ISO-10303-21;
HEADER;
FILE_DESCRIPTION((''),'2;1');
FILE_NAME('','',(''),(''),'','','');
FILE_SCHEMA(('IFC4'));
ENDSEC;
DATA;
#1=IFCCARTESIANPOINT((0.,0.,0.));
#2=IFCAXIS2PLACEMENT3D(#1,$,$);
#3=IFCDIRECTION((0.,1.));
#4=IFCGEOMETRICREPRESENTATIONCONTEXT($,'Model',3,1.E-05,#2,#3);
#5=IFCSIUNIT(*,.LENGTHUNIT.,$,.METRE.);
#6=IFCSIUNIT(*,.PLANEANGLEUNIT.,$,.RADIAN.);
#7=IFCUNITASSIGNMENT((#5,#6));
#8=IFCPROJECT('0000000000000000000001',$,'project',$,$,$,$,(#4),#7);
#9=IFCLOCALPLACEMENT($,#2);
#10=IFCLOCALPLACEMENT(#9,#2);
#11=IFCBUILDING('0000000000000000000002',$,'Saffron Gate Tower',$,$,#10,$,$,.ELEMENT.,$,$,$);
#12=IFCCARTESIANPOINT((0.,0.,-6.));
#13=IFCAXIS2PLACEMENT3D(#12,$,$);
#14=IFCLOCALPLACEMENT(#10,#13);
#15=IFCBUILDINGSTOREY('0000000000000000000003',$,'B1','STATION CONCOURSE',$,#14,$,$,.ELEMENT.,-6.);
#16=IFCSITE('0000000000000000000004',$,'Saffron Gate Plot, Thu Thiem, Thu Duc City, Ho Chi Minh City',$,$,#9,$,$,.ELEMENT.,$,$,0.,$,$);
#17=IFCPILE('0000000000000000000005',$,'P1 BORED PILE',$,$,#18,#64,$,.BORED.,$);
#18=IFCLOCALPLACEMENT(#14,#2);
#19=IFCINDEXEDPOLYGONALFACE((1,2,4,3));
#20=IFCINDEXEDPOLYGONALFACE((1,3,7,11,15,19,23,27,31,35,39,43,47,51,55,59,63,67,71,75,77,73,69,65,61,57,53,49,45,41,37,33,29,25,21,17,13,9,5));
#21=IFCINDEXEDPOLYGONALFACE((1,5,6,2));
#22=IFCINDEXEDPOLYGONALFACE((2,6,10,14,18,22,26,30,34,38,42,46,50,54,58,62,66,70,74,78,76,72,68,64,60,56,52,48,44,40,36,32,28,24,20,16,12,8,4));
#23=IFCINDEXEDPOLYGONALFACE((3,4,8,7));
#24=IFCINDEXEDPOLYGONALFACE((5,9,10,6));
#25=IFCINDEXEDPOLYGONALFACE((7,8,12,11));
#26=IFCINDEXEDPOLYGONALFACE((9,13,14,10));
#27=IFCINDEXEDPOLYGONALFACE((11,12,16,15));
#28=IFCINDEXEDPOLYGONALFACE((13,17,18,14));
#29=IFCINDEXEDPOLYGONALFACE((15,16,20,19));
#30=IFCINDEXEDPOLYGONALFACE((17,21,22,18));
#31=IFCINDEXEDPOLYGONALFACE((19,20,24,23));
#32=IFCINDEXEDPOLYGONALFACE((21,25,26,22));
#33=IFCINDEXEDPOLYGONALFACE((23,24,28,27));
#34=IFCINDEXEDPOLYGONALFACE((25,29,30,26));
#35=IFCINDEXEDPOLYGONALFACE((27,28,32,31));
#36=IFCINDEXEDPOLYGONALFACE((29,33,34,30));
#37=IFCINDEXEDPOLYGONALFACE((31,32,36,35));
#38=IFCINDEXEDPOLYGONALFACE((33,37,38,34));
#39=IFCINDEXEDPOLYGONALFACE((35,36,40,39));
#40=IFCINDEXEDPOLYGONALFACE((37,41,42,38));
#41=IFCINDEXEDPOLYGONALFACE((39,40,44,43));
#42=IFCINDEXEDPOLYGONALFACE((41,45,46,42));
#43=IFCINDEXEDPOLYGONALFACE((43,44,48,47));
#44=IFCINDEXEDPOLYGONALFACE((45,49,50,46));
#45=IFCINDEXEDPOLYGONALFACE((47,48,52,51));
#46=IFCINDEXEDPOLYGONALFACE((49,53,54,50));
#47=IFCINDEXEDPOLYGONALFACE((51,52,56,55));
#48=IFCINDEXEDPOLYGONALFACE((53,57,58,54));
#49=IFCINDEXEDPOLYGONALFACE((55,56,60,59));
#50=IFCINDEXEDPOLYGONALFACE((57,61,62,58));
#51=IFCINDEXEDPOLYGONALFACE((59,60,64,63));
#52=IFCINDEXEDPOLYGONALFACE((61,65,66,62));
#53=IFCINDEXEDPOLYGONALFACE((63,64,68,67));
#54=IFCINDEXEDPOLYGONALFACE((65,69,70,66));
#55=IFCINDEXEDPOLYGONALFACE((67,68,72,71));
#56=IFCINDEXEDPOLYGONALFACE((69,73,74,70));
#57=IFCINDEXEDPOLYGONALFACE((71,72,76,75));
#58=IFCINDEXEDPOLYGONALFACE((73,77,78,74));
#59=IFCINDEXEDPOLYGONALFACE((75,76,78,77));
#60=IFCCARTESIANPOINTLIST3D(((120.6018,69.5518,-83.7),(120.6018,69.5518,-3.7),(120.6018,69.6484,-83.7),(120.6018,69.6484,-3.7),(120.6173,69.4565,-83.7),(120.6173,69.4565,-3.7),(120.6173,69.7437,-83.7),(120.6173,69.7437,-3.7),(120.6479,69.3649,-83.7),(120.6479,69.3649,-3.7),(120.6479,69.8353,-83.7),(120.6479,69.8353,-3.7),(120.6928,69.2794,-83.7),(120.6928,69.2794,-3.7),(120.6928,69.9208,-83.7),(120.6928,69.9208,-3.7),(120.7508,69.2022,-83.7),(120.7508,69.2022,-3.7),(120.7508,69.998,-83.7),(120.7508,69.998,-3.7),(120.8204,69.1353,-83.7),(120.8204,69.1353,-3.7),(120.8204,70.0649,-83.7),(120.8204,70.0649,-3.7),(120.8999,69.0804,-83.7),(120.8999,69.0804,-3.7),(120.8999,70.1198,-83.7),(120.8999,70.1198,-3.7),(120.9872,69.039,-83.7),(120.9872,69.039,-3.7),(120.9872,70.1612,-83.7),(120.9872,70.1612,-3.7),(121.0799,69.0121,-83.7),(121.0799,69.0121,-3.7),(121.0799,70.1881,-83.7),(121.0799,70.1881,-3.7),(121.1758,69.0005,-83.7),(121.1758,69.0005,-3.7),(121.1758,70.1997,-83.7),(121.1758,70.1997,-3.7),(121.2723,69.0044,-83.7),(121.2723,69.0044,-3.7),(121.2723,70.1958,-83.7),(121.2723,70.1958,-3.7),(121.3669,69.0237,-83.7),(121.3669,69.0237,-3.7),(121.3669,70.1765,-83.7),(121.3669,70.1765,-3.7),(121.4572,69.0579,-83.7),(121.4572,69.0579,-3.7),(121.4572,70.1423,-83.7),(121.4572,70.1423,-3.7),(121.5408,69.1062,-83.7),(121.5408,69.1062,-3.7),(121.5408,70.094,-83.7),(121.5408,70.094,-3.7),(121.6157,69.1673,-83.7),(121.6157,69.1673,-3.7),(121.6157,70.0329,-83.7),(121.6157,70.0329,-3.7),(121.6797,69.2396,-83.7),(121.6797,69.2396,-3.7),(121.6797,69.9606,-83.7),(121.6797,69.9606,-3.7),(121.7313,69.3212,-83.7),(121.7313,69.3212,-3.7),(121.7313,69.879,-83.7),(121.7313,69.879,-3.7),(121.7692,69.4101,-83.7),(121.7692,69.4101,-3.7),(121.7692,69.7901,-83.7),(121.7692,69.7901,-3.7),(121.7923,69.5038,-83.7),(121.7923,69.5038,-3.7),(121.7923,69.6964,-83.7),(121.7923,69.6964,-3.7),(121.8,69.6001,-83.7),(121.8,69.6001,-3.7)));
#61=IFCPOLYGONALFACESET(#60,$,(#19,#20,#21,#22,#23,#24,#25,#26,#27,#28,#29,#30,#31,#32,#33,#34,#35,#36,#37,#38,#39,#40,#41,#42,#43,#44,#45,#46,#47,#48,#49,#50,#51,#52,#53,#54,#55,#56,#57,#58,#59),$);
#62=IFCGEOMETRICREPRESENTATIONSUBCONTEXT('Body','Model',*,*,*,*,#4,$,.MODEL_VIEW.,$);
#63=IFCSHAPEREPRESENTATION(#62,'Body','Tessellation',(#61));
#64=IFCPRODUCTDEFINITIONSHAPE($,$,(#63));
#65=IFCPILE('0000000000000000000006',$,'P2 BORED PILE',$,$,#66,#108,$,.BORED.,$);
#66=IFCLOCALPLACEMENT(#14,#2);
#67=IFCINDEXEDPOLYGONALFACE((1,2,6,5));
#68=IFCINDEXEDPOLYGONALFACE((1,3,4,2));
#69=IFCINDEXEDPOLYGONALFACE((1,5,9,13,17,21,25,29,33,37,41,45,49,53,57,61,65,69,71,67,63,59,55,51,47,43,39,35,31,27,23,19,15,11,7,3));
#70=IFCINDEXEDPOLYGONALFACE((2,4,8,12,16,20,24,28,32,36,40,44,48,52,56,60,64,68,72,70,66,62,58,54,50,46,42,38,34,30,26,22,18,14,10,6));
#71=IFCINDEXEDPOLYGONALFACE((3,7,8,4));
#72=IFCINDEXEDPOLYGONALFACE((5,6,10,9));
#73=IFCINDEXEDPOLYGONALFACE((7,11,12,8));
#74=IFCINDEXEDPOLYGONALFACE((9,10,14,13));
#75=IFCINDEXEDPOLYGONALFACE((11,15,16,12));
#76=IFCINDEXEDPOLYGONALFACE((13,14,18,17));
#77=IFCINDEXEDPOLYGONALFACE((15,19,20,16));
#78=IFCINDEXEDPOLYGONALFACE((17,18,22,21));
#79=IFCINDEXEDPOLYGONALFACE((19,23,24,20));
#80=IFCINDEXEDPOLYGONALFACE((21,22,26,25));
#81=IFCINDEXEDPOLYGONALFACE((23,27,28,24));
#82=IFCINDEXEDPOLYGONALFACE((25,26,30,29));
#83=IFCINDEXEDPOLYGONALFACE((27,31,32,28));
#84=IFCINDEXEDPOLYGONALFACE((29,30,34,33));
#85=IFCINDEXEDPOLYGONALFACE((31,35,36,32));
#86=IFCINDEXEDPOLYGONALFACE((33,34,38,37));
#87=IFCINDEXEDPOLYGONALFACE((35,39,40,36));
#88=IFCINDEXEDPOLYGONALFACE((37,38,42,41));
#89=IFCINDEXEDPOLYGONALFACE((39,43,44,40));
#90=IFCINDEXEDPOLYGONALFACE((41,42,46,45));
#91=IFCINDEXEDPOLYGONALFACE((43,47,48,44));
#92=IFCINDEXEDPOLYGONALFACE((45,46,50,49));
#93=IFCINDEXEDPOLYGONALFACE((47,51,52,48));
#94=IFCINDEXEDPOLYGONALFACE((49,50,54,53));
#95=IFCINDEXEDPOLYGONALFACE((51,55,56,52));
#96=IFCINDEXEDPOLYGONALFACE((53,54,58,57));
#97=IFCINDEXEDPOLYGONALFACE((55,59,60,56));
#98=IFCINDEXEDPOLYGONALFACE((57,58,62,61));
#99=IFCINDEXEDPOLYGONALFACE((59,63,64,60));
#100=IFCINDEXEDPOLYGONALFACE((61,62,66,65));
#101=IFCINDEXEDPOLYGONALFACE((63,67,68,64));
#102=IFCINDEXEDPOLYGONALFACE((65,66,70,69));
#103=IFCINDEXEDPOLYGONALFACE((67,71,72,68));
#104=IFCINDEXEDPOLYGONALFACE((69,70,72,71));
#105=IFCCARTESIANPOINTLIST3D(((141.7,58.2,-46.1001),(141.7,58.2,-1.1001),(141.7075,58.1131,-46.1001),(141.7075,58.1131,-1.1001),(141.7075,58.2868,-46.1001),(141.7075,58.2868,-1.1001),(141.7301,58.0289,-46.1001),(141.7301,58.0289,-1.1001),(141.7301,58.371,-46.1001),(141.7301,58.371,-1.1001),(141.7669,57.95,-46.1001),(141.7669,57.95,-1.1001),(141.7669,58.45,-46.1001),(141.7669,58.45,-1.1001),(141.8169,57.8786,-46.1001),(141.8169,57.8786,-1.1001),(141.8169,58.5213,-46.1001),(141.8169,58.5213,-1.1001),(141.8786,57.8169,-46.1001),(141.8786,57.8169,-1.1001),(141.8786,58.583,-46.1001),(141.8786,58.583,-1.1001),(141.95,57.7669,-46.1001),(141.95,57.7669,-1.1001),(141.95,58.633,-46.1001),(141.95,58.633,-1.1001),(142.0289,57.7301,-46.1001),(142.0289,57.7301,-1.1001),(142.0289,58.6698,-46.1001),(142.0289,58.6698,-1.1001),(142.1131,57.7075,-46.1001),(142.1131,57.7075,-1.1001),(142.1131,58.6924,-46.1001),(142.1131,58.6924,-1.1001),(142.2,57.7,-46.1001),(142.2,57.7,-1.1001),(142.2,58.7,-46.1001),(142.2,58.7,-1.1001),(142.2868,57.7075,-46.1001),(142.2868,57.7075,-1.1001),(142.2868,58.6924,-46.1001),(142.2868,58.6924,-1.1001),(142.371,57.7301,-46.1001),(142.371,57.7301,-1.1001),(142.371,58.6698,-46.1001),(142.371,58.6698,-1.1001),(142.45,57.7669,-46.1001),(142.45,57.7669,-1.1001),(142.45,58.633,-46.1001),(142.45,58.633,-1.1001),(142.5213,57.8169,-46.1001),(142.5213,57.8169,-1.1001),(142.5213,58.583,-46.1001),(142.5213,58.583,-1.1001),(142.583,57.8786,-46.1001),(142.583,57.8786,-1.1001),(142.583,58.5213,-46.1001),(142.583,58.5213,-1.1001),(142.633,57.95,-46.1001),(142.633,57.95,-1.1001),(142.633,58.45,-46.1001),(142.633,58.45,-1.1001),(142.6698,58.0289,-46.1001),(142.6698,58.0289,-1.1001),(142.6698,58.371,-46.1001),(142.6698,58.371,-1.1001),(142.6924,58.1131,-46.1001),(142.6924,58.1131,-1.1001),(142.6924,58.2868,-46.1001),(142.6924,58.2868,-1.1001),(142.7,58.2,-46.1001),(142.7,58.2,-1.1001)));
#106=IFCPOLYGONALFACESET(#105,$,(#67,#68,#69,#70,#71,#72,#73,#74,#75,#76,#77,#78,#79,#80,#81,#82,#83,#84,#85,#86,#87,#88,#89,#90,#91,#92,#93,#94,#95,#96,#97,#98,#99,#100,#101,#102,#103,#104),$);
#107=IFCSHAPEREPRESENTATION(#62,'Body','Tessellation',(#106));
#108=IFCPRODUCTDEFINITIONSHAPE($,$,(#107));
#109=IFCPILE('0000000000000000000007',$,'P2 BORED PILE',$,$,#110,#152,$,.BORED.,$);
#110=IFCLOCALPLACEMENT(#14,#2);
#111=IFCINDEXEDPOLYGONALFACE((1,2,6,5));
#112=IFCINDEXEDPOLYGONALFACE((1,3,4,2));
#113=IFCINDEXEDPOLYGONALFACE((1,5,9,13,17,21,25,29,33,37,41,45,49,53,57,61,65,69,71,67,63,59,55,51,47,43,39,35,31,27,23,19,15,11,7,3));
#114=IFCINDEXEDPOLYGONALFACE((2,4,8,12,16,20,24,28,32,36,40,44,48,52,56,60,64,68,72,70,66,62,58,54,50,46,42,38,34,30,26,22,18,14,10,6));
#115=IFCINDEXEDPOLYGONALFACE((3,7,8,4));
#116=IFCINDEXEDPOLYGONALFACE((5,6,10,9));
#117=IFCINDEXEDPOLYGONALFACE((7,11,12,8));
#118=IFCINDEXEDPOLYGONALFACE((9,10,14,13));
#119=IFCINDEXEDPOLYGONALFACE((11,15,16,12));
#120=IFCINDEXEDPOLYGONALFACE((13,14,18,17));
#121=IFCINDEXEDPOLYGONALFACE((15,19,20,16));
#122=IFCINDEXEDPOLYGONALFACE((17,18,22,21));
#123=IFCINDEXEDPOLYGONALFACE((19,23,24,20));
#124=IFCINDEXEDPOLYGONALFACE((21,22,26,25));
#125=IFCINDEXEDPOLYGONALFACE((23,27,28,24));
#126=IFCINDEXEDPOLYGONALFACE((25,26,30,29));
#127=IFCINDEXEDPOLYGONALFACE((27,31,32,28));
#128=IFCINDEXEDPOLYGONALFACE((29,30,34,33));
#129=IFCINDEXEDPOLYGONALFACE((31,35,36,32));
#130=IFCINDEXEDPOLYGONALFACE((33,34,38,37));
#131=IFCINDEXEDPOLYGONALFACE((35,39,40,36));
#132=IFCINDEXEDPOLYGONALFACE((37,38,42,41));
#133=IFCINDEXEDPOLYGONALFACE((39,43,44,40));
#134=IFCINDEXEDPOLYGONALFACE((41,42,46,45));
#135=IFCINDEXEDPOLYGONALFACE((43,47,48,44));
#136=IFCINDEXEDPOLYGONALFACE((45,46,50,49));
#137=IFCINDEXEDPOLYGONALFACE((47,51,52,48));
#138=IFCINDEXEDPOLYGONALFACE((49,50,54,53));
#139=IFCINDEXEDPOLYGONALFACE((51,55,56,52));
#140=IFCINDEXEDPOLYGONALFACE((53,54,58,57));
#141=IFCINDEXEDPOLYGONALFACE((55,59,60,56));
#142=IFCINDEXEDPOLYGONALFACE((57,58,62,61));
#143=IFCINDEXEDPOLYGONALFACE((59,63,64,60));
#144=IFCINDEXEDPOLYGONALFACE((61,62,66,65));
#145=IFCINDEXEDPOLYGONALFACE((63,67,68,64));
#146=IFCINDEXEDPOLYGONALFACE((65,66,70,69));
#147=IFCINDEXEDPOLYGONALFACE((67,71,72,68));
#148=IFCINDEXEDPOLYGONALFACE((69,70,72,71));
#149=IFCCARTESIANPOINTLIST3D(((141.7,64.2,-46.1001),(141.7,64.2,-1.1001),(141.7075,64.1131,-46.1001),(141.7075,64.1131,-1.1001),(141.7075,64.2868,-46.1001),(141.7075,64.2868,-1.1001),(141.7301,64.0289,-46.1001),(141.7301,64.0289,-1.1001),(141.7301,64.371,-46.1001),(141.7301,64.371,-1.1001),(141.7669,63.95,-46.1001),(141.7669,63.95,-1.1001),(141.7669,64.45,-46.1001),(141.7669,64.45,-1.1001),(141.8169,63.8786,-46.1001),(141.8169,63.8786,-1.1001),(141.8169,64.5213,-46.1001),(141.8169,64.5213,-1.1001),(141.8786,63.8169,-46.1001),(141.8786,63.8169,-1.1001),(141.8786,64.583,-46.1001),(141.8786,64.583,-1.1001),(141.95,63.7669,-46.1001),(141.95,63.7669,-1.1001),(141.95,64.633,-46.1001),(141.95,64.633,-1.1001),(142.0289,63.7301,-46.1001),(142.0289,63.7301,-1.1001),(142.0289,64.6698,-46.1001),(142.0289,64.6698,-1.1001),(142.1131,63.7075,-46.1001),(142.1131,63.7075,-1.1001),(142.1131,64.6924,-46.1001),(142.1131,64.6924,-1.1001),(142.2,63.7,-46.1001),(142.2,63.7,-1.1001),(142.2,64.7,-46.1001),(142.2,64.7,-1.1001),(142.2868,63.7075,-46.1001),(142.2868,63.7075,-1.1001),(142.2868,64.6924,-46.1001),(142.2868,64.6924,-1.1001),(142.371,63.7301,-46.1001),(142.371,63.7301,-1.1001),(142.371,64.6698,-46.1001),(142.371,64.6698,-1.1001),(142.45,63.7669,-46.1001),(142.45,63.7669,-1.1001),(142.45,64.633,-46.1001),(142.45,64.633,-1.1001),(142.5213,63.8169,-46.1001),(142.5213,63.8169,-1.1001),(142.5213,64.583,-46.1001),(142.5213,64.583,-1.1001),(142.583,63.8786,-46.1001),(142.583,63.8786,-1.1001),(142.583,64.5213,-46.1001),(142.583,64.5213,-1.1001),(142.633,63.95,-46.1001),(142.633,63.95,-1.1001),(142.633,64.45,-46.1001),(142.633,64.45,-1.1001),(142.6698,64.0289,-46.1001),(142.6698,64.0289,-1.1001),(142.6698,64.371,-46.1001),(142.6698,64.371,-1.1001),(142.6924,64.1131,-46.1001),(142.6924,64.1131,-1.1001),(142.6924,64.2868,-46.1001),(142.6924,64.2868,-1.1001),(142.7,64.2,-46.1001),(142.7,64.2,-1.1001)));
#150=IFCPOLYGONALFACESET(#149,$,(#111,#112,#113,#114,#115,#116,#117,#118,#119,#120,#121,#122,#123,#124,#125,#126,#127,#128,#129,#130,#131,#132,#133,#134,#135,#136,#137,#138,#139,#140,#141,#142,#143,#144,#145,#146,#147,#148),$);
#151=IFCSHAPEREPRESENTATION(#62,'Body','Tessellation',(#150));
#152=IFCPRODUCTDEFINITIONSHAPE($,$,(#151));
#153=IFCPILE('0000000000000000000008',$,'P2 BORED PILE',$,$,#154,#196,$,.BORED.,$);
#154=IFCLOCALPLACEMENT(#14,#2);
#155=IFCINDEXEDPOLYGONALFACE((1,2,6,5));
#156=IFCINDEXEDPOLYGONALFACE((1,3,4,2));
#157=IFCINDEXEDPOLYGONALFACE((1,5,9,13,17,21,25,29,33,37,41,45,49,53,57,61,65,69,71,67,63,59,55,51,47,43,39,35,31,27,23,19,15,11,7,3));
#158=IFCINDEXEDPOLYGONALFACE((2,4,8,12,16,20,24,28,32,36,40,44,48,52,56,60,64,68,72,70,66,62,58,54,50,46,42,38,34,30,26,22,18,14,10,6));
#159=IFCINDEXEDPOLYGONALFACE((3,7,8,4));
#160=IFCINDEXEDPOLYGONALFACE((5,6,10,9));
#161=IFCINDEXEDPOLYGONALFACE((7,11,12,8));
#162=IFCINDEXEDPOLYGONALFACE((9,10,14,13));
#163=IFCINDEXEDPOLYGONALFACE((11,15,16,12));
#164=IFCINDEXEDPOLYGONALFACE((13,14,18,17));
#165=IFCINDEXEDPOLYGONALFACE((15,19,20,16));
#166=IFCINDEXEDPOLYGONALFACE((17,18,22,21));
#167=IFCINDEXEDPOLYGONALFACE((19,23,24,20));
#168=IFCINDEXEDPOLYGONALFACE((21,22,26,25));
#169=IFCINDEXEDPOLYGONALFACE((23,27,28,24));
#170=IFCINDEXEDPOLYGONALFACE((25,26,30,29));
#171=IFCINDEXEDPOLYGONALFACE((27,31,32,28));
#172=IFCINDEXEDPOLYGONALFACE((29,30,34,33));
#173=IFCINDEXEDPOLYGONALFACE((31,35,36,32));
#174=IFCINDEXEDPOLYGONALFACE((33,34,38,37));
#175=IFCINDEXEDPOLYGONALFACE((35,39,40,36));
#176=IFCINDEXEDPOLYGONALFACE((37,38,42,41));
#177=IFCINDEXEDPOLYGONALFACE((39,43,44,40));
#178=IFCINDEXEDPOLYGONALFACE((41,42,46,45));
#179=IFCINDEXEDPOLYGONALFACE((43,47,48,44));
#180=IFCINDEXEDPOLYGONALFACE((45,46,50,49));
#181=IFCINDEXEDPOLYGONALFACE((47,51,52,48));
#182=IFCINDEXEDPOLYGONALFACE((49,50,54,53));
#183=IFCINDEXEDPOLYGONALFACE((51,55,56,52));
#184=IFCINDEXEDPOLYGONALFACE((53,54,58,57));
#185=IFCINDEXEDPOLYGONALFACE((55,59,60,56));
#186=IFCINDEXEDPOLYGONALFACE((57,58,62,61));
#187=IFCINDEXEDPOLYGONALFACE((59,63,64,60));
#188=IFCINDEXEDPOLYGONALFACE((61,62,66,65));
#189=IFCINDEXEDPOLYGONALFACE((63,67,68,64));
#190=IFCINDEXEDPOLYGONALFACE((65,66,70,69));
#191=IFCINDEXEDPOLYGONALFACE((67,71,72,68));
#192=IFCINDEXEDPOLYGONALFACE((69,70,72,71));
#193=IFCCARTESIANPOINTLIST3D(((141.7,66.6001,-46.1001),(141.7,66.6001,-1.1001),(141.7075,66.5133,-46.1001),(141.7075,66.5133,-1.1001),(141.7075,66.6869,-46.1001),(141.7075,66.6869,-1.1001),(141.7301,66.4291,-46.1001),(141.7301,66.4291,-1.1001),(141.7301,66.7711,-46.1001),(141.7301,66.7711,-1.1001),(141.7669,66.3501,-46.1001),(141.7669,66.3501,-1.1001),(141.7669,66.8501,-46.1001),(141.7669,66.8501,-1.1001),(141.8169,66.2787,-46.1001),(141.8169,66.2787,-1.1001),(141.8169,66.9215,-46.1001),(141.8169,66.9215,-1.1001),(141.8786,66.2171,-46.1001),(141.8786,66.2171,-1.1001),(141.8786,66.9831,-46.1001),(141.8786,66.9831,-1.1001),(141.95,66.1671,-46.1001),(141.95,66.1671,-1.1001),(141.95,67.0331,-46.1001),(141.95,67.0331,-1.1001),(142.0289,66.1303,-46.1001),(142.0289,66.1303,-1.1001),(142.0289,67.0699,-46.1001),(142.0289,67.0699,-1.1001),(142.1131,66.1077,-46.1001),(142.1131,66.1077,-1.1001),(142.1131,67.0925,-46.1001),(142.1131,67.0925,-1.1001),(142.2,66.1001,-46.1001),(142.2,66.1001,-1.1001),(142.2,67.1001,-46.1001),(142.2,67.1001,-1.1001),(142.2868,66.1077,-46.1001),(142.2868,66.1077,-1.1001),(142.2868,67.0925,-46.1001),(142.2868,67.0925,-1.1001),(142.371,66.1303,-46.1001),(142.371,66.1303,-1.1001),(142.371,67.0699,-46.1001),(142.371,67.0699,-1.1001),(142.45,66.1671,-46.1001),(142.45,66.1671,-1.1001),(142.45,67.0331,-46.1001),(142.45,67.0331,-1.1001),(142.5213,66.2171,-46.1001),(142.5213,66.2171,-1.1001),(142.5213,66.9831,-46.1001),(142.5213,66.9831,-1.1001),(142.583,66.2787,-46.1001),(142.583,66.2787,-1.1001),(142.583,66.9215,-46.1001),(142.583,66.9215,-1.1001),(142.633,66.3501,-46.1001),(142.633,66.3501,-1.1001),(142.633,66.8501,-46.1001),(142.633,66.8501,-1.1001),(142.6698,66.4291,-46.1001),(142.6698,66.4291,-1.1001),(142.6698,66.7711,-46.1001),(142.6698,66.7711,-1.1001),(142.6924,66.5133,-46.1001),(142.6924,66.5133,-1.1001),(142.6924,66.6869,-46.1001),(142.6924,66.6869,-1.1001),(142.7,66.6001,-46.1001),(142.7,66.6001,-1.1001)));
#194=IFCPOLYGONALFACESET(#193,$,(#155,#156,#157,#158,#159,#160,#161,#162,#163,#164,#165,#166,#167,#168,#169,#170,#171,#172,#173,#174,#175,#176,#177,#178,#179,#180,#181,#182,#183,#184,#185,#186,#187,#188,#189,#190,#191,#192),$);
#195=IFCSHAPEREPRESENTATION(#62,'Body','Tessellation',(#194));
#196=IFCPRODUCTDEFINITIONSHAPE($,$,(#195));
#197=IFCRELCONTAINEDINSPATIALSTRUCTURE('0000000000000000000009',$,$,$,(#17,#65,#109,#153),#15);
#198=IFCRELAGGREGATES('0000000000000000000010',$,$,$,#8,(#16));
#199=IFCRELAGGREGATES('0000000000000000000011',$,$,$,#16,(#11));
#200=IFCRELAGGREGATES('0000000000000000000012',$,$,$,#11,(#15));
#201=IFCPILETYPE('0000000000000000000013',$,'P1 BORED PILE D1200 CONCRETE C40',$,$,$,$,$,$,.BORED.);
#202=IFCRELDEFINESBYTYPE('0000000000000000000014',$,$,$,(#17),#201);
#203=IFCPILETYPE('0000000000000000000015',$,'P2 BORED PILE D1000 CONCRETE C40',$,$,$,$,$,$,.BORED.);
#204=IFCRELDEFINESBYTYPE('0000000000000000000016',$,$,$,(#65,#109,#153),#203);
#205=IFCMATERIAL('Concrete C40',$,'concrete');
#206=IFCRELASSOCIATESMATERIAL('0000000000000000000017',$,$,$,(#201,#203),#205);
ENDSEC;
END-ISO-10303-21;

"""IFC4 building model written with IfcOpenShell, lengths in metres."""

from ifc_helpers import new_model, si_unit, direction, frame, origin, origin_2d, place, context, subcontext, project, spatial, circle, extrude, material, material_profile, profile_set, type_object, element, save


model = new_model("IFC4")

# Units and contexts
model_context = context("Model", 3, precision=1e-05, world=origin(), true_north=direction((0.0, 1.0)))
body_context = subcontext(model_context, "Body", "Model", "MODEL_VIEW")
ifc_project = project(units=[si_unit("LENGTHUNIT", "METRE"), si_unit("PLANEANGLEUNIT", "RADIAN")], contexts=[model_context])

# Site, building, storey
site_placement = place(None, origin())
site = spatial("IfcSite", under=ifc_project, at=site_placement, Name="Saffron Gate Plot, Thu Thiem, Thu Duc City, Ho Chi Minh City", CompositionType="ELEMENT", RefElevation=0.0)
building_placement = place(site_placement, origin())
building = spatial("IfcBuilding", under=site, at=building_placement, Name="Saffron Gate Tower", CompositionType="ELEMENT")
storey_placement = place(building_placement, frame((0.0, 0.0, -6.0)))
storey = spatial("IfcBuildingStorey", under=building, at=storey_placement, Name="B1", Description="STATION CONCOURSE", CompositionType="ELEMENT", Elevation=-6.0)

# Piles
ifc_material_1 = material(Name="Concrete C40", Category="concrete")
ifc_material_profile_1 = material_profile(ifc_material_1, circle(Radius=0.6001, at=origin_2d()))
ifc_profile_set_1 = profile_set([ifc_material_profile_1], Name="Concrete C40")
pile_type_1 = type_object("IfcPileType", Name="P1 BORED PILE D1200 CONCRETE C40", PredefinedType="BORED", material=ifc_profile_set_1)
for number, where, z_axis, x_axis, name in (
    (1, (121.2, 69.6001, -3.7), (0.0, 0.0, -1.0), (1.0, 0.0, 0.0), "P1 BORED PILE"),
):
    element("IfcPile", number, at=place(storey_placement, frame(where, z_axis=z_axis, x_axis=x_axis)), inside=storey, type_object=pile_type_1, Name=name, PredefinedType="BORED", context=body_context, shape_type="SweptSolid", body=[
        extrude(circle(Radius=0.6001, at=origin_2d()), origin(), (0.0, 0.0, 1.0), 80.0),
    ])
ifc_material_profile_2 = material_profile(ifc_material_1, circle(Radius=0.5, at=origin_2d()))
ifc_profile_set_2 = profile_set([ifc_material_profile_2], Name="Concrete C40")
pile_type_2 = type_object("IfcPileType", Name="P2 BORED PILE D1000 CONCRETE C40", PredefinedType="BORED", material=ifc_profile_set_2)
for number, where, z_axis, x_axis, name in (
    (2, (142.2, 58.2, -1.1001), (0.0, 0.0, -1.0), (1.0, 0.0, 0.0), "P2 BORED PILE"),
    (3, (142.2, 64.2, -1.1001), (0.0, 0.0, -1.0), (1.0, 0.0, 0.0), "P2 BORED PILE"),
    (4, (142.2, 66.6001, -1.1001), (0.0, 0.0, -1.0), (1.0, 0.0, 0.0), "P2 BORED PILE"),
):
    element("IfcPile", number, at=place(storey_placement, frame(where, z_axis=z_axis, x_axis=x_axis)), inside=storey, type_object=pile_type_2, Name=name, PredefinedType="BORED", context=body_context, shape_type="SweptSolid", body=[
        extrude(circle(Radius=0.5, at=origin_2d()), origin(), (0.0, 0.0, 1.0), 45.0),
    ])

save(model, "model.ifc")
